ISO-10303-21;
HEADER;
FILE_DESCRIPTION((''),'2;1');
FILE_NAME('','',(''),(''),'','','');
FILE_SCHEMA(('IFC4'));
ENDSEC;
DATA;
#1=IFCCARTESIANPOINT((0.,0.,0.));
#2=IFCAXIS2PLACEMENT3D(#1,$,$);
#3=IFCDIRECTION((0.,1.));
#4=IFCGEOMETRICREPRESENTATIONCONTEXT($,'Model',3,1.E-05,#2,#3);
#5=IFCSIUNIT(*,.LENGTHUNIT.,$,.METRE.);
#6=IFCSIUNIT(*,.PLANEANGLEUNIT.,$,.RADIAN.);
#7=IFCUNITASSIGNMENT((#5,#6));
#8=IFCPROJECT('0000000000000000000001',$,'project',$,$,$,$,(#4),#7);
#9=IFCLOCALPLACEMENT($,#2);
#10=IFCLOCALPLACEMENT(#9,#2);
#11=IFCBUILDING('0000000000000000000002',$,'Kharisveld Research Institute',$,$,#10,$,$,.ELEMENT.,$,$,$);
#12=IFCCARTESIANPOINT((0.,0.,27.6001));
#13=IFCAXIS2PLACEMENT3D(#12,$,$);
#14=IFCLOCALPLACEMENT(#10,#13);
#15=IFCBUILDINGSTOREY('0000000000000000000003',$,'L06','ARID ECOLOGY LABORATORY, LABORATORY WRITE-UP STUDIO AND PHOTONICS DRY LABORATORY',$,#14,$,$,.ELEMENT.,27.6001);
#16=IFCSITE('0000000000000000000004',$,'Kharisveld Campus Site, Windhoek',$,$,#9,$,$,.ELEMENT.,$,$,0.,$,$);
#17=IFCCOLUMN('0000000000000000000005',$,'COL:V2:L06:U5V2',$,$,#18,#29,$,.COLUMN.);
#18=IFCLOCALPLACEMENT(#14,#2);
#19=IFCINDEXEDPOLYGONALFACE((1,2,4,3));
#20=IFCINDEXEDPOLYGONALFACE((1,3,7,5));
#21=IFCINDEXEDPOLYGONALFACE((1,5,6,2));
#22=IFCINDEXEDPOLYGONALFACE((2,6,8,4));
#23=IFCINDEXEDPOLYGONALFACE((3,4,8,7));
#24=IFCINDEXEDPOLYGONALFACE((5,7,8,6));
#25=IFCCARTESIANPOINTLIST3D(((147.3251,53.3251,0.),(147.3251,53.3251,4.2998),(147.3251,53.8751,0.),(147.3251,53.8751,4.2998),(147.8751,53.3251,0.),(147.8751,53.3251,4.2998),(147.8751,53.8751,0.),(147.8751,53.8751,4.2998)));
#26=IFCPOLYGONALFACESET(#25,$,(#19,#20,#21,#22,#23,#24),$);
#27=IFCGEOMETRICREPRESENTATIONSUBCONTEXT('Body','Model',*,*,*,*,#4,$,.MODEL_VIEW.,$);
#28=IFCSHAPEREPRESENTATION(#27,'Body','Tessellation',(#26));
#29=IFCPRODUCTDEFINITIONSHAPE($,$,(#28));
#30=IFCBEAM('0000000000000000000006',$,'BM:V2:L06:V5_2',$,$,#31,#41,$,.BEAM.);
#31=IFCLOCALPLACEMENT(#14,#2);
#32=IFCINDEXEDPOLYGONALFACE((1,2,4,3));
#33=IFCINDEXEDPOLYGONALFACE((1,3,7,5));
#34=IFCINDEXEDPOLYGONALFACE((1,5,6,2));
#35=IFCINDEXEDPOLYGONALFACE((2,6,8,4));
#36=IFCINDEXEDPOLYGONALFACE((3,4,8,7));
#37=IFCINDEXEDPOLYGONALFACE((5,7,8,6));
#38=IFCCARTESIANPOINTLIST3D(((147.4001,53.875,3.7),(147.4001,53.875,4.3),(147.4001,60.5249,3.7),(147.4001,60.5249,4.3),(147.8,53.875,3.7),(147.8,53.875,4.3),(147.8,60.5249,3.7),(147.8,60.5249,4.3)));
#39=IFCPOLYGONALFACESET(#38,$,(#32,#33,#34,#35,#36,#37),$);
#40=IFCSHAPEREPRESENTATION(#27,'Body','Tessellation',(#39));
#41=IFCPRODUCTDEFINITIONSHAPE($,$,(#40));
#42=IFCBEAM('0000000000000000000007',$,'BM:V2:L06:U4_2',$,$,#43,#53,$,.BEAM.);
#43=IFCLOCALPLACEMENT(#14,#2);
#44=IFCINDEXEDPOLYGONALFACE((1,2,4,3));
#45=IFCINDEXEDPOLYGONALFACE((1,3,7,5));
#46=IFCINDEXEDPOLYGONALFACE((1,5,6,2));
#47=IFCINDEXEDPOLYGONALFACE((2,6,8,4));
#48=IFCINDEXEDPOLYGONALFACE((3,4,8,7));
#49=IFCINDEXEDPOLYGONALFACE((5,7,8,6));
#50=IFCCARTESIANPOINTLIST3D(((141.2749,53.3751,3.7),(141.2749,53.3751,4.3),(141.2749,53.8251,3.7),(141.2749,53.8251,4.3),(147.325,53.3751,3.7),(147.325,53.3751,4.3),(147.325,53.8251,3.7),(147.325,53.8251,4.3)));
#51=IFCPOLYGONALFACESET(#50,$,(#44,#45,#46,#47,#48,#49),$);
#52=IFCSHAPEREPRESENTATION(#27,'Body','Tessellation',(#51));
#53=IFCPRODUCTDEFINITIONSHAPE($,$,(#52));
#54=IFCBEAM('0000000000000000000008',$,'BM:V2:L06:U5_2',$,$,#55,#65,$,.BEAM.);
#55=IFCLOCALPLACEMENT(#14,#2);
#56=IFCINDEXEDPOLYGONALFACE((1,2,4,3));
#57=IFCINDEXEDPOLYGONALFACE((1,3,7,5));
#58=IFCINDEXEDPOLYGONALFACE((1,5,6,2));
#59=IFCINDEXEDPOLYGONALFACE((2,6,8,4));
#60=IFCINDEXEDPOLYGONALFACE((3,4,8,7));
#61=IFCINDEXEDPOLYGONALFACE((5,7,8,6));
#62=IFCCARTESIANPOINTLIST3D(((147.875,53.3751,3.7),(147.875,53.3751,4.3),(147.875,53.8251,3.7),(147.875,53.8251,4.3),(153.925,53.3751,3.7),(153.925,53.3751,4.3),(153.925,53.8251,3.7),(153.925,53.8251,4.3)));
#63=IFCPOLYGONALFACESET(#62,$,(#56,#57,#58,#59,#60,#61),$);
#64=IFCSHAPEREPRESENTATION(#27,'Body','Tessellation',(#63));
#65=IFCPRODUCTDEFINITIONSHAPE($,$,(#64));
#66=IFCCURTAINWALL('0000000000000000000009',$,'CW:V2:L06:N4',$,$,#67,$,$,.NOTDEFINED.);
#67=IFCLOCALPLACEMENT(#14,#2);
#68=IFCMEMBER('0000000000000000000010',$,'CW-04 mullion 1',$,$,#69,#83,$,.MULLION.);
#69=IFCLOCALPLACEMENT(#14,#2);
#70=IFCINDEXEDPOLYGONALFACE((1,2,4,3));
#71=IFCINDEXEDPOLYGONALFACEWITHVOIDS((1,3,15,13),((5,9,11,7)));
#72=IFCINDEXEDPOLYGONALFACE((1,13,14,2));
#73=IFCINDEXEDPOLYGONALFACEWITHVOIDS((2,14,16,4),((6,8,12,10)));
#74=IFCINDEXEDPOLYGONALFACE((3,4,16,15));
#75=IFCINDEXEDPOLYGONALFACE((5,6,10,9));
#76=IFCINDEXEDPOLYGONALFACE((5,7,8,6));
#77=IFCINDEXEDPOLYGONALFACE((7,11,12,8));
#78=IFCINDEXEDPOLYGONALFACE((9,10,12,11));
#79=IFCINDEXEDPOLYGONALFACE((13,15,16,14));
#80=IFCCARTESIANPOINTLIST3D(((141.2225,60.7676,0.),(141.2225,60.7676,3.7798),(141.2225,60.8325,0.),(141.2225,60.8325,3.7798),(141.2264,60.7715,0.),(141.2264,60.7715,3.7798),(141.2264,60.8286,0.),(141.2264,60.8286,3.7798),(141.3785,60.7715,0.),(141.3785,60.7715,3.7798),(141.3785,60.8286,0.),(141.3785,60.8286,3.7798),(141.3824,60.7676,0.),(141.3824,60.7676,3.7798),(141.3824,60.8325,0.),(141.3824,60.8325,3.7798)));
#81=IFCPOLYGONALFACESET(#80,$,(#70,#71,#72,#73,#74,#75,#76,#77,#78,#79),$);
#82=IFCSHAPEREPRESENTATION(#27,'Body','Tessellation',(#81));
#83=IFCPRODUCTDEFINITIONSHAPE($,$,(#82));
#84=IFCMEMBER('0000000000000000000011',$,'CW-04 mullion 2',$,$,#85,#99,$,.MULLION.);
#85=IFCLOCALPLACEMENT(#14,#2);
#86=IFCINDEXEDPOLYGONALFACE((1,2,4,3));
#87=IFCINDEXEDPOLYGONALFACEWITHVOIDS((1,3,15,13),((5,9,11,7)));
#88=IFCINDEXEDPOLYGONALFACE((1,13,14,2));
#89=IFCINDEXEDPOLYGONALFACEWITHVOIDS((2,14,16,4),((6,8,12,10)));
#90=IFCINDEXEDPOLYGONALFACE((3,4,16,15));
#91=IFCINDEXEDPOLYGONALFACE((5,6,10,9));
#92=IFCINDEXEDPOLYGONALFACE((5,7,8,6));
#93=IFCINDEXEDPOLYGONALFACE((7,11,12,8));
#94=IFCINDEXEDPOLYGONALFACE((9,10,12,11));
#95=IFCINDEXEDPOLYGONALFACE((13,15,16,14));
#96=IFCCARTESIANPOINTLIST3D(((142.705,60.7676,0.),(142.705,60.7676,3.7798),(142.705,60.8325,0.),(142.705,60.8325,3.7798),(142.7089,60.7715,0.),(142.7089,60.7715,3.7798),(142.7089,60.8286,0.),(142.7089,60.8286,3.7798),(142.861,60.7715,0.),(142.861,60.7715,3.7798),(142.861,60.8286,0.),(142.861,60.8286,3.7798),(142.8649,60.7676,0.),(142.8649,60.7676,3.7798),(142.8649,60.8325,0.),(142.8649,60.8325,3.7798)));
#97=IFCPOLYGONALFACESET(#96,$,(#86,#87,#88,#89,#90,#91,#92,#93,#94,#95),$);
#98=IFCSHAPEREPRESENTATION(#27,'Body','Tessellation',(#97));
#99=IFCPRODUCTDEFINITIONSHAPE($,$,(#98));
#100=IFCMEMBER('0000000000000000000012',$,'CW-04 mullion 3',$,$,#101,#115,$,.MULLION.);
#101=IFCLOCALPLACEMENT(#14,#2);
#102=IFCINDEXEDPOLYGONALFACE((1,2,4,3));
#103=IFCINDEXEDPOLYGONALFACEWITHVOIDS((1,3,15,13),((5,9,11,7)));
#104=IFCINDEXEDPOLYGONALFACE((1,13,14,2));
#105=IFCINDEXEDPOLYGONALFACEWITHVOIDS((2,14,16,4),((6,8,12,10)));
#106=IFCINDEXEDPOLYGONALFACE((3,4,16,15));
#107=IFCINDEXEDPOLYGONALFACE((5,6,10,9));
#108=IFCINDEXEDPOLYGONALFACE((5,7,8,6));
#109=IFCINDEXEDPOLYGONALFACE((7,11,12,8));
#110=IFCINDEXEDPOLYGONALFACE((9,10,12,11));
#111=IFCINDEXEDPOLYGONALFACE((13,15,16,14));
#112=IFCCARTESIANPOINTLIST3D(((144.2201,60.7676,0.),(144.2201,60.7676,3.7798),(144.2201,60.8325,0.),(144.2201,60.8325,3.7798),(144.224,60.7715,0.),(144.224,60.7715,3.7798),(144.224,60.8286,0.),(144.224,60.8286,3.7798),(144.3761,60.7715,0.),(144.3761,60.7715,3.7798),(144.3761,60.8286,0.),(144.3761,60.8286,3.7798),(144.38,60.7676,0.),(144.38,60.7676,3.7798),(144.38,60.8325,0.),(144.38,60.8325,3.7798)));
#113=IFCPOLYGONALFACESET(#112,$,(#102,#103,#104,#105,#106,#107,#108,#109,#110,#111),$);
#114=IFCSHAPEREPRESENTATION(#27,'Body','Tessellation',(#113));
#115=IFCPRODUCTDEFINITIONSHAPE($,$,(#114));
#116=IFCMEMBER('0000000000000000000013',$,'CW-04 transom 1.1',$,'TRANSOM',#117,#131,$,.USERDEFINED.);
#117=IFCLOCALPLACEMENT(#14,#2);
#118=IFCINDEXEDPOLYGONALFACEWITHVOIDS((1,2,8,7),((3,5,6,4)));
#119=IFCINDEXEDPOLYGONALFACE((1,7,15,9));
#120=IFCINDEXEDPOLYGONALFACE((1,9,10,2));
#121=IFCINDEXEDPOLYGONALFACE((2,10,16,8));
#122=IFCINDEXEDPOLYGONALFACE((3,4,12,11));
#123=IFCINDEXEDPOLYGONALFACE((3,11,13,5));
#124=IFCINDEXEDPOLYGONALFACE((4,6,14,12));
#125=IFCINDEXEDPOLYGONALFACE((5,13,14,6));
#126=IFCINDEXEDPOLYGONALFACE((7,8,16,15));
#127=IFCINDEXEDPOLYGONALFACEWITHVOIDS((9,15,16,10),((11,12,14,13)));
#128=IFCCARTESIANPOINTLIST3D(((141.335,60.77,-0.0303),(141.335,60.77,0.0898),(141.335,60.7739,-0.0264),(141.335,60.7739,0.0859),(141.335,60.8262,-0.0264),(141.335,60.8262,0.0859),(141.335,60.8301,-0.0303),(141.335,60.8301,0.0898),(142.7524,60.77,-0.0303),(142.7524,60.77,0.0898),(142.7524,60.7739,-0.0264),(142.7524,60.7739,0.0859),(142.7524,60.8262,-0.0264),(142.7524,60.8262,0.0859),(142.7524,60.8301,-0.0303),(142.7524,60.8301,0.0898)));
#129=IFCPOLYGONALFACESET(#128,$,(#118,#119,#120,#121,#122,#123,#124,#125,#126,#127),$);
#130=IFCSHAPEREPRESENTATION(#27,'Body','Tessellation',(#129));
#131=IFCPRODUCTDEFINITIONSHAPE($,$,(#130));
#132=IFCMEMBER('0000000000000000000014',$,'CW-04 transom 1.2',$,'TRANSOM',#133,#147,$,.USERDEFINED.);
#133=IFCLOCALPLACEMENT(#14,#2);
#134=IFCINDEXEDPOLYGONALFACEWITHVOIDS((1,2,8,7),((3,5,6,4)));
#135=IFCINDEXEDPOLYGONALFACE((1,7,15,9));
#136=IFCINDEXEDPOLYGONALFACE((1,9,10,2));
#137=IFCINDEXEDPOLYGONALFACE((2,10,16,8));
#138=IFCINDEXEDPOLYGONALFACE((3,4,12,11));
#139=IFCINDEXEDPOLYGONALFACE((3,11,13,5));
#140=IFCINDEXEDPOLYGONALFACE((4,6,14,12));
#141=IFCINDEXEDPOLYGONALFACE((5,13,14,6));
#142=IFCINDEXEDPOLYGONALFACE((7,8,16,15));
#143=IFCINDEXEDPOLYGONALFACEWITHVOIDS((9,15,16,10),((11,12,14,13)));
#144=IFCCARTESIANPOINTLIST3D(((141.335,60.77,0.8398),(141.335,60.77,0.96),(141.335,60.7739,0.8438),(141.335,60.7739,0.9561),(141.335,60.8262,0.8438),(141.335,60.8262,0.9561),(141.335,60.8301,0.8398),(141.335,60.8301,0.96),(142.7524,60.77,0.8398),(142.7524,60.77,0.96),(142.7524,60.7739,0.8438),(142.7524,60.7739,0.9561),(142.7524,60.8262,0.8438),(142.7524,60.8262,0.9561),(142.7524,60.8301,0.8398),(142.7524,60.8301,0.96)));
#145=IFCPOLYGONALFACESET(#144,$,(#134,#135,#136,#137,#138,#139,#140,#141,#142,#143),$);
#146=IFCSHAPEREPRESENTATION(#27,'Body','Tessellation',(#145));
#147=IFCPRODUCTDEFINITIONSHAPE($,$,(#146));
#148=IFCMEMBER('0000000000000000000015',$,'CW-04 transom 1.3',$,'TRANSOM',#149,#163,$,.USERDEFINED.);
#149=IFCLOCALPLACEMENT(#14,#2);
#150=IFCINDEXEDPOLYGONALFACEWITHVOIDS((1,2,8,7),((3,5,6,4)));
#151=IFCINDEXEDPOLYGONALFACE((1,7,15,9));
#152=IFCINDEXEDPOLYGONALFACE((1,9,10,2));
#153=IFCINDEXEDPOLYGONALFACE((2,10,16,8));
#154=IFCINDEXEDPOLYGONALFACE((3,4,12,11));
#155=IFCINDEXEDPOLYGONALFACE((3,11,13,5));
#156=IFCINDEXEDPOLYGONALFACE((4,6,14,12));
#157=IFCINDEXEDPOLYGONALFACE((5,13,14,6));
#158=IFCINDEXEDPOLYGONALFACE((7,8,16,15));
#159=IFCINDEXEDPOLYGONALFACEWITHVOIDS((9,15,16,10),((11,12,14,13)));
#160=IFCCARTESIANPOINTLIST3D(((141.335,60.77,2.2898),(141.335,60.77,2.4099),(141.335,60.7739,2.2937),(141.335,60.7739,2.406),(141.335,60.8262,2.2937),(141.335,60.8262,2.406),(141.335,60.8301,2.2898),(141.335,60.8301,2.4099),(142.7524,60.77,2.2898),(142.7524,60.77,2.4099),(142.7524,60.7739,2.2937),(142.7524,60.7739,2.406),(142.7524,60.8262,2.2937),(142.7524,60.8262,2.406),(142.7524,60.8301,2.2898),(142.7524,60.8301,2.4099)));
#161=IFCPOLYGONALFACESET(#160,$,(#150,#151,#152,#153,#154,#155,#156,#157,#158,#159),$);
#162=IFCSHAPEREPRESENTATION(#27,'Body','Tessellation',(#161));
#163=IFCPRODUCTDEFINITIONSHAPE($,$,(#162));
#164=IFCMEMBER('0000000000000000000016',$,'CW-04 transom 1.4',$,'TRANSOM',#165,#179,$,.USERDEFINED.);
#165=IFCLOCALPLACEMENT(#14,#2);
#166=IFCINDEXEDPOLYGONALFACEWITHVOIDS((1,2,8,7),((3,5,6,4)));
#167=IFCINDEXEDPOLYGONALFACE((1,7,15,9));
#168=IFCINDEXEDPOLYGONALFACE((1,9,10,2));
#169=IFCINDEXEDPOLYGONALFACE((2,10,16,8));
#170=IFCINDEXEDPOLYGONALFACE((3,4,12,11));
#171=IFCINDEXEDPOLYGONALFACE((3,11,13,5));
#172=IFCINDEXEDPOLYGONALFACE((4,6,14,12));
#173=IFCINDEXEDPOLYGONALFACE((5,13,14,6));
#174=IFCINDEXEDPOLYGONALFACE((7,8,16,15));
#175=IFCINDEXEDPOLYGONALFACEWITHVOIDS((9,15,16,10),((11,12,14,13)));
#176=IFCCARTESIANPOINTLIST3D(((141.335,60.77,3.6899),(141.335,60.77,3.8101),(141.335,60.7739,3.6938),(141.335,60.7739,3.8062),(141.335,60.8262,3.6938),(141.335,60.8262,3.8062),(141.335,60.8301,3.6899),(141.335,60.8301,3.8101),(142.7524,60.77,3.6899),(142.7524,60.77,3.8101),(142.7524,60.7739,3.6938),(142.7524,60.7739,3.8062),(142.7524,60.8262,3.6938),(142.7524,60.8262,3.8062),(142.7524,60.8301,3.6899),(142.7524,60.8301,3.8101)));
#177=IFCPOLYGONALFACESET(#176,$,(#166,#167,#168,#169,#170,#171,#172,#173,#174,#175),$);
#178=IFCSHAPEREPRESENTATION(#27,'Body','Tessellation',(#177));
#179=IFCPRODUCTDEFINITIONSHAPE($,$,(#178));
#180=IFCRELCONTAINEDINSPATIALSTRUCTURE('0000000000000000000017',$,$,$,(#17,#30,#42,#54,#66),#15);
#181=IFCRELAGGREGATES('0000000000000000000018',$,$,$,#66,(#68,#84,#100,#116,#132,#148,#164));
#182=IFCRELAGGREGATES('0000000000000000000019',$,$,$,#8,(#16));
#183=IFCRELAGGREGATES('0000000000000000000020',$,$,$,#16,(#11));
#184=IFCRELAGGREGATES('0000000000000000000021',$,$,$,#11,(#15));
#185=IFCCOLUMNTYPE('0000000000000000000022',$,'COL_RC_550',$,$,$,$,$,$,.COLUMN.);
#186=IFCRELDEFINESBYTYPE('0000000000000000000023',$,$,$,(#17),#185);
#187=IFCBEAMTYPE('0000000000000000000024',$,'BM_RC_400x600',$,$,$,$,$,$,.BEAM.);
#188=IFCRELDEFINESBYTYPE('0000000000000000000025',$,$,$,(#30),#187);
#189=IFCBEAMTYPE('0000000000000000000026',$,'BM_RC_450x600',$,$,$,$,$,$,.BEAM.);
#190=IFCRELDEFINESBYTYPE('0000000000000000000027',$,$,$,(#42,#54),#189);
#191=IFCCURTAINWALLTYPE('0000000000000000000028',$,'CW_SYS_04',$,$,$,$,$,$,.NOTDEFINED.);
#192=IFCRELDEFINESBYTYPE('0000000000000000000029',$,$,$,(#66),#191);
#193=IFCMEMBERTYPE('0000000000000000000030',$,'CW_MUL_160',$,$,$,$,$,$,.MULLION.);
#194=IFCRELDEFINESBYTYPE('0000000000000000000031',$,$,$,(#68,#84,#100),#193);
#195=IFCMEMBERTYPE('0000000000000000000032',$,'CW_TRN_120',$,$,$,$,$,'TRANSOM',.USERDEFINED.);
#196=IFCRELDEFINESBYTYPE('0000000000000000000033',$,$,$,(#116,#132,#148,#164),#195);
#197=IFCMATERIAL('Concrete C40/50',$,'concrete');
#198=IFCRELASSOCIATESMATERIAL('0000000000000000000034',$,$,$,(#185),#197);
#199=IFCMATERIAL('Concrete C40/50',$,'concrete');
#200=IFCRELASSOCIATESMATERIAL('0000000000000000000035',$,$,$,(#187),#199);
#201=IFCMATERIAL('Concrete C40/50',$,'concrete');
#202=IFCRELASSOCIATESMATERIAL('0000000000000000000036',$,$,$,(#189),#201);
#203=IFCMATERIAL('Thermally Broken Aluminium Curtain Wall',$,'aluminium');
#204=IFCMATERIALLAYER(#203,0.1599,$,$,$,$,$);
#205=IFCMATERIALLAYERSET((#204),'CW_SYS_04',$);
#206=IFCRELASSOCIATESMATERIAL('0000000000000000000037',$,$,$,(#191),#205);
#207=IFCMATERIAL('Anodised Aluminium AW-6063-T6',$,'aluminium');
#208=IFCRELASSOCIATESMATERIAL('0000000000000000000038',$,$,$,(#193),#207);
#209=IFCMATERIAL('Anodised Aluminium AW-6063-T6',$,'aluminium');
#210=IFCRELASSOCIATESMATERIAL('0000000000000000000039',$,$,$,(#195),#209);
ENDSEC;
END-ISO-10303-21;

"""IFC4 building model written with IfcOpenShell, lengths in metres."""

from ifc_helpers import new_model, si_unit, direction, frame, origin, origin_2d, place, context, subcontext, project, spatial, rectangle, hollow_rectangle, extrude, material, layer, layer_set, material_profile, profile_set, type_object, element, aggregate, save


model = new_model("IFC4")

# Units and contexts
model_context = context("Model", 3, precision=1e-05, world=origin(), true_north=direction((0.0, 1.0)))
body_context = subcontext(model_context, "Body", "Model", "MODEL_VIEW")
ifc_project = project(units=[si_unit("LENGTHUNIT", "METRE"), si_unit("PLANEANGLEUNIT", "RADIAN")], contexts=[model_context])

# Site, building, storey
site_placement = place(None, origin())
site = spatial("IfcSite", under=ifc_project, at=site_placement, Name="Kharisveld Campus Site, Windhoek", CompositionType="ELEMENT", RefElevation=0.0)
building_placement = place(site_placement, origin())
building = spatial("IfcBuilding", under=site, at=building_placement, Name="Kharisveld Research Institute", CompositionType="ELEMENT")
storey_placement = place(building_placement, frame((0.0, 0.0, 27.6001)))
storey = spatial("IfcBuildingStorey", under=building, at=storey_placement, Name="L06", Description="ARID ECOLOGY LABORATORY, LABORATORY WRITE-UP STUDIO AND PHOTONICS DRY LABORATORY", CompositionType="ELEMENT", Elevation=27.6001)

# Column
ifc_material_1 = material(Name="Concrete C40/50", Category="concrete")
ifc_material_profile_1 = material_profile(ifc_material_1, rectangle(XDim=0.55, YDim=0.55, at=origin_2d()))
ifc_profile_set_1 = profile_set([ifc_material_profile_1], Name="Concrete C40/50")
column_type = type_object("IfcColumnType", Name="COL_RC_550", PredefinedType="COLUMN", material=ifc_profile_set_1)
column_placement = place(storey_placement, frame((147.6001, 53.6001, 0.0), z_axis=(0.0, 0.0, 1.0), x_axis=(1.0, 0.0, 0.0)))
element("IfcColumn", 1, at=column_placement, inside=storey, type_object=column_type, Name="COL:V2:L06:U5V2", PredefinedType="COLUMN", context=body_context, shape_type="SweptSolid", body=[
    extrude(rectangle(XDim=0.55, YDim=0.55, at=origin_2d()), origin(), (0.0, 0.0, 1.0), 4.2998),
])

# Beams
ifc_material_2 = material(Name="Concrete C40/50", Category="concrete")
ifc_material_profile_2 = material_profile(ifc_material_2, rectangle(XDim=0.3999, YDim=0.6001, at=origin_2d()))
ifc_profile_set_2 = profile_set([ifc_material_profile_2], Name="Concrete C40/50")
beam_type_1 = type_object("IfcBeamType", Name="BM_RC_400x600", PredefinedType="BEAM", material=ifc_profile_set_2)
beam_1_placement = place(storey_placement, frame((147.6001, 53.875, 4.0), z_axis=(0.0, 1.0, 0.0), x_axis=(-1.0, 0.0, 0.0)))
element("IfcBeam", 2, at=beam_1_placement, inside=storey, type_object=beam_type_1, Name="BM:V2:L06:V5_2", PredefinedType="BEAM", context=body_context, shape_type="SweptSolid", body=[
    extrude(rectangle(XDim=0.3999, YDim=0.6001, at=origin_2d()), origin(), (0.0, 0.0, 1.0), 6.6499),
])
ifc_material_3 = material(Name="Concrete C40/50", Category="concrete")
ifc_material_profile_3 = material_profile(ifc_material_3, rectangle(XDim=0.45, YDim=0.6001, at=origin_2d()))
ifc_profile_set_3 = profile_set([ifc_material_profile_3], Name="Concrete C40/50")
beam_type_2 = type_object("IfcBeamType", Name="BM_RC_450x600", PredefinedType="BEAM", material=ifc_profile_set_3)
for number, where, z_axis, x_axis, name in (
    (3, (141.2749, 53.6001, 4.0), (1.0, 0.0, 0.0), (0.0, 1.0, 0.0), "BM:V2:L06:U4_2"),
    (4, (147.875, 53.6001, 4.0), (1.0, 0.0, 0.0), (0.0, 1.0, 0.0), "BM:V2:L06:U5_2"),
):
    element("IfcBeam", number, at=place(storey_placement, frame(where, z_axis=z_axis, x_axis=x_axis)), inside=storey, type_object=beam_type_2, Name=name, PredefinedType="BEAM", context=body_context, shape_type="SweptSolid", body=[
        extrude(rectangle(XDim=0.45, YDim=0.6001, at=origin_2d()), origin(), (0.0, 0.0, 1.0), 6.05),
    ])

# Curtain wall, members
ifc_material_4 = material(Name="Thermally Broken Aluminium Curtain Wall", Category="aluminium")
ifc_layer_1 = layer(ifc_material_4, 0.1599)
ifc_layer_set_1 = layer_set([ifc_layer_1], Name="CW_SYS_04")
curtain_wall_type = type_object("IfcCurtainWallType", Name="CW_SYS_04", PredefinedType="NOTDEFINED", material=ifc_layer_set_1)
curtain_wall_placement = place(storey_placement, origin())
curtain_wall = element("IfcCurtainWall", 5, at=curtain_wall_placement, inside=storey, type_object=curtain_wall_type, Name="CW:V2:L06:N4", PredefinedType="NOTDEFINED")
ifc_material_5 = material(Name="Anodised Aluminium AW-6063-T6", Category="aluminium")
ifc_material_profile_4 = material_profile(ifc_material_5, hollow_rectangle(XDim=0.0649, YDim=0.1599, WallThickness=0.0039, at=origin_2d()))
ifc_profile_set_4 = profile_set([ifc_material_profile_4], Name="Anodised Aluminium AW-6063-T6")
member_type_1 = type_object("IfcMemberType", Name="CW_MUL_160", PredefinedType="MULLION", material=ifc_profile_set_4)
member_1_placement = place(storey_placement, frame((141.3025, 60.8, 0.0), z_axis=(0.0, 0.0, 1.0), x_axis=(0.0, 1.0, 0.0)))
member_1 = element("IfcMember", 6, at=member_1_placement, type_object=member_type_1, Name="CW-04 mullion 1", PredefinedType="MULLION", context=body_context, shape_type="SweptSolid", body=[
    extrude(hollow_rectangle(XDim=0.0649, YDim=0.1599, WallThickness=0.0039, at=origin_2d()), origin(), (0.0, 0.0, 1.0), 3.7798),
])
member_2_placement = place(storey_placement, frame((142.7849, 60.8, 0.0), z_axis=(0.0, 0.0, 1.0), x_axis=(0.0, 1.0, 0.0)))
member_2 = element("IfcMember", 7, at=member_2_placement, type_object=member_type_1, Name="CW-04 mullion 2", PredefinedType="MULLION", context=body_context, shape_type="SweptSolid", body=[
    extrude(hollow_rectangle(XDim=0.0649, YDim=0.1599, WallThickness=0.0039, at=origin_2d()), origin(), (0.0, 0.0, 1.0), 3.7798),
])
member_3_placement = place(storey_placement, frame((144.3, 60.8, 0.0), z_axis=(0.0, 0.0, 1.0), x_axis=(0.0, 1.0, 0.0)))
member_3 = element("IfcMember", 8, at=member_3_placement, type_object=member_type_1, Name="CW-04 mullion 3", PredefinedType="MULLION", context=body_context, shape_type="SweptSolid", body=[
    extrude(hollow_rectangle(XDim=0.0649, YDim=0.1599, WallThickness=0.0039, at=origin_2d()), origin(), (0.0, 0.0, 1.0), 3.7798),
])
ifc_material_6 = material(Name="Anodised Aluminium AW-6063-T6", Category="aluminium")
ifc_material_profile_5 = material_profile(ifc_material_6, hollow_rectangle(XDim=0.0601, YDim=0.1201, WallThickness=0.0039, at=origin_2d()))
ifc_profile_set_5 = profile_set([ifc_material_profile_5], Name="Anodised Aluminium AW-6063-T6")
member_type_2 = type_object("IfcMemberType", Name="CW_TRN_120", ElementType="TRANSOM", PredefinedType="USERDEFINED", material=ifc_profile_set_5)
member_4_placement = place(storey_placement, frame((141.335, 60.8, 0.0298), z_axis=(1.0, 0.0, 0.0), x_axis=(0.0, 1.0, 0.0)))
member_4 = element("IfcMember", 9, at=member_4_placement, type_object=member_type_2, Name="CW-04 transom 1.1", ObjectType="TRANSOM", PredefinedType="USERDEFINED", context=body_context, shape_type="SweptSolid", body=[
    extrude(hollow_rectangle(XDim=0.0601, YDim=0.1201, WallThickness=0.0039, at=origin_2d()), origin(), (0.0, 0.0, 1.0), 1.4175),
])
member_5_placement = place(storey_placement, frame((141.335, 60.8, 0.8999), z_axis=(1.0, 0.0, 0.0), x_axis=(0.0, 1.0, 0.0)))
member_5 = element("IfcMember", 10, at=member_5_placement, type_object=member_type_2, Name="CW-04 transom 1.2", ObjectType="TRANSOM", PredefinedType="USERDEFINED", context=body_context, shape_type="SweptSolid", body=[
    extrude(hollow_rectangle(XDim=0.0601, YDim=0.1201, WallThickness=0.0039, at=origin_2d()), origin(), (0.0, 0.0, 1.0), 1.4175),
])
member_6_placement = place(storey_placement, frame((141.335, 60.8, 2.3499), z_axis=(1.0, 0.0, 0.0), x_axis=(0.0, 1.0, 0.0)))
member_6 = element("IfcMember", 11, at=member_6_placement, type_object=member_type_2, Name="CW-04 transom 1.3", ObjectType="TRANSOM", PredefinedType="USERDEFINED", context=body_context, shape_type="SweptSolid", body=[
    extrude(hollow_rectangle(XDim=0.0601, YDim=0.1201, WallThickness=0.0039, at=origin_2d()), origin(), (0.0, 0.0, 1.0), 1.4175),
])
member_7_placement = place(storey_placement, frame((141.335, 60.8, 3.75), z_axis=(1.0, 0.0, 0.0), x_axis=(0.0, 1.0, 0.0)))
member_7 = element("IfcMember", 12, at=member_7_placement, type_object=member_type_2, Name="CW-04 transom 1.4", ObjectType="TRANSOM", PredefinedType="USERDEFINED", context=body_context, shape_type="SweptSolid", body=[
    extrude(hollow_rectangle(XDim=0.0601, YDim=0.1201, WallThickness=0.0039, at=origin_2d()), origin(), (0.0, 0.0, 1.0), 1.4175),
])

aggregate(curtain_wall, [member_1, member_2, member_3, member_4, member_5, member_6, member_7])

save(model, "model.ifc")
